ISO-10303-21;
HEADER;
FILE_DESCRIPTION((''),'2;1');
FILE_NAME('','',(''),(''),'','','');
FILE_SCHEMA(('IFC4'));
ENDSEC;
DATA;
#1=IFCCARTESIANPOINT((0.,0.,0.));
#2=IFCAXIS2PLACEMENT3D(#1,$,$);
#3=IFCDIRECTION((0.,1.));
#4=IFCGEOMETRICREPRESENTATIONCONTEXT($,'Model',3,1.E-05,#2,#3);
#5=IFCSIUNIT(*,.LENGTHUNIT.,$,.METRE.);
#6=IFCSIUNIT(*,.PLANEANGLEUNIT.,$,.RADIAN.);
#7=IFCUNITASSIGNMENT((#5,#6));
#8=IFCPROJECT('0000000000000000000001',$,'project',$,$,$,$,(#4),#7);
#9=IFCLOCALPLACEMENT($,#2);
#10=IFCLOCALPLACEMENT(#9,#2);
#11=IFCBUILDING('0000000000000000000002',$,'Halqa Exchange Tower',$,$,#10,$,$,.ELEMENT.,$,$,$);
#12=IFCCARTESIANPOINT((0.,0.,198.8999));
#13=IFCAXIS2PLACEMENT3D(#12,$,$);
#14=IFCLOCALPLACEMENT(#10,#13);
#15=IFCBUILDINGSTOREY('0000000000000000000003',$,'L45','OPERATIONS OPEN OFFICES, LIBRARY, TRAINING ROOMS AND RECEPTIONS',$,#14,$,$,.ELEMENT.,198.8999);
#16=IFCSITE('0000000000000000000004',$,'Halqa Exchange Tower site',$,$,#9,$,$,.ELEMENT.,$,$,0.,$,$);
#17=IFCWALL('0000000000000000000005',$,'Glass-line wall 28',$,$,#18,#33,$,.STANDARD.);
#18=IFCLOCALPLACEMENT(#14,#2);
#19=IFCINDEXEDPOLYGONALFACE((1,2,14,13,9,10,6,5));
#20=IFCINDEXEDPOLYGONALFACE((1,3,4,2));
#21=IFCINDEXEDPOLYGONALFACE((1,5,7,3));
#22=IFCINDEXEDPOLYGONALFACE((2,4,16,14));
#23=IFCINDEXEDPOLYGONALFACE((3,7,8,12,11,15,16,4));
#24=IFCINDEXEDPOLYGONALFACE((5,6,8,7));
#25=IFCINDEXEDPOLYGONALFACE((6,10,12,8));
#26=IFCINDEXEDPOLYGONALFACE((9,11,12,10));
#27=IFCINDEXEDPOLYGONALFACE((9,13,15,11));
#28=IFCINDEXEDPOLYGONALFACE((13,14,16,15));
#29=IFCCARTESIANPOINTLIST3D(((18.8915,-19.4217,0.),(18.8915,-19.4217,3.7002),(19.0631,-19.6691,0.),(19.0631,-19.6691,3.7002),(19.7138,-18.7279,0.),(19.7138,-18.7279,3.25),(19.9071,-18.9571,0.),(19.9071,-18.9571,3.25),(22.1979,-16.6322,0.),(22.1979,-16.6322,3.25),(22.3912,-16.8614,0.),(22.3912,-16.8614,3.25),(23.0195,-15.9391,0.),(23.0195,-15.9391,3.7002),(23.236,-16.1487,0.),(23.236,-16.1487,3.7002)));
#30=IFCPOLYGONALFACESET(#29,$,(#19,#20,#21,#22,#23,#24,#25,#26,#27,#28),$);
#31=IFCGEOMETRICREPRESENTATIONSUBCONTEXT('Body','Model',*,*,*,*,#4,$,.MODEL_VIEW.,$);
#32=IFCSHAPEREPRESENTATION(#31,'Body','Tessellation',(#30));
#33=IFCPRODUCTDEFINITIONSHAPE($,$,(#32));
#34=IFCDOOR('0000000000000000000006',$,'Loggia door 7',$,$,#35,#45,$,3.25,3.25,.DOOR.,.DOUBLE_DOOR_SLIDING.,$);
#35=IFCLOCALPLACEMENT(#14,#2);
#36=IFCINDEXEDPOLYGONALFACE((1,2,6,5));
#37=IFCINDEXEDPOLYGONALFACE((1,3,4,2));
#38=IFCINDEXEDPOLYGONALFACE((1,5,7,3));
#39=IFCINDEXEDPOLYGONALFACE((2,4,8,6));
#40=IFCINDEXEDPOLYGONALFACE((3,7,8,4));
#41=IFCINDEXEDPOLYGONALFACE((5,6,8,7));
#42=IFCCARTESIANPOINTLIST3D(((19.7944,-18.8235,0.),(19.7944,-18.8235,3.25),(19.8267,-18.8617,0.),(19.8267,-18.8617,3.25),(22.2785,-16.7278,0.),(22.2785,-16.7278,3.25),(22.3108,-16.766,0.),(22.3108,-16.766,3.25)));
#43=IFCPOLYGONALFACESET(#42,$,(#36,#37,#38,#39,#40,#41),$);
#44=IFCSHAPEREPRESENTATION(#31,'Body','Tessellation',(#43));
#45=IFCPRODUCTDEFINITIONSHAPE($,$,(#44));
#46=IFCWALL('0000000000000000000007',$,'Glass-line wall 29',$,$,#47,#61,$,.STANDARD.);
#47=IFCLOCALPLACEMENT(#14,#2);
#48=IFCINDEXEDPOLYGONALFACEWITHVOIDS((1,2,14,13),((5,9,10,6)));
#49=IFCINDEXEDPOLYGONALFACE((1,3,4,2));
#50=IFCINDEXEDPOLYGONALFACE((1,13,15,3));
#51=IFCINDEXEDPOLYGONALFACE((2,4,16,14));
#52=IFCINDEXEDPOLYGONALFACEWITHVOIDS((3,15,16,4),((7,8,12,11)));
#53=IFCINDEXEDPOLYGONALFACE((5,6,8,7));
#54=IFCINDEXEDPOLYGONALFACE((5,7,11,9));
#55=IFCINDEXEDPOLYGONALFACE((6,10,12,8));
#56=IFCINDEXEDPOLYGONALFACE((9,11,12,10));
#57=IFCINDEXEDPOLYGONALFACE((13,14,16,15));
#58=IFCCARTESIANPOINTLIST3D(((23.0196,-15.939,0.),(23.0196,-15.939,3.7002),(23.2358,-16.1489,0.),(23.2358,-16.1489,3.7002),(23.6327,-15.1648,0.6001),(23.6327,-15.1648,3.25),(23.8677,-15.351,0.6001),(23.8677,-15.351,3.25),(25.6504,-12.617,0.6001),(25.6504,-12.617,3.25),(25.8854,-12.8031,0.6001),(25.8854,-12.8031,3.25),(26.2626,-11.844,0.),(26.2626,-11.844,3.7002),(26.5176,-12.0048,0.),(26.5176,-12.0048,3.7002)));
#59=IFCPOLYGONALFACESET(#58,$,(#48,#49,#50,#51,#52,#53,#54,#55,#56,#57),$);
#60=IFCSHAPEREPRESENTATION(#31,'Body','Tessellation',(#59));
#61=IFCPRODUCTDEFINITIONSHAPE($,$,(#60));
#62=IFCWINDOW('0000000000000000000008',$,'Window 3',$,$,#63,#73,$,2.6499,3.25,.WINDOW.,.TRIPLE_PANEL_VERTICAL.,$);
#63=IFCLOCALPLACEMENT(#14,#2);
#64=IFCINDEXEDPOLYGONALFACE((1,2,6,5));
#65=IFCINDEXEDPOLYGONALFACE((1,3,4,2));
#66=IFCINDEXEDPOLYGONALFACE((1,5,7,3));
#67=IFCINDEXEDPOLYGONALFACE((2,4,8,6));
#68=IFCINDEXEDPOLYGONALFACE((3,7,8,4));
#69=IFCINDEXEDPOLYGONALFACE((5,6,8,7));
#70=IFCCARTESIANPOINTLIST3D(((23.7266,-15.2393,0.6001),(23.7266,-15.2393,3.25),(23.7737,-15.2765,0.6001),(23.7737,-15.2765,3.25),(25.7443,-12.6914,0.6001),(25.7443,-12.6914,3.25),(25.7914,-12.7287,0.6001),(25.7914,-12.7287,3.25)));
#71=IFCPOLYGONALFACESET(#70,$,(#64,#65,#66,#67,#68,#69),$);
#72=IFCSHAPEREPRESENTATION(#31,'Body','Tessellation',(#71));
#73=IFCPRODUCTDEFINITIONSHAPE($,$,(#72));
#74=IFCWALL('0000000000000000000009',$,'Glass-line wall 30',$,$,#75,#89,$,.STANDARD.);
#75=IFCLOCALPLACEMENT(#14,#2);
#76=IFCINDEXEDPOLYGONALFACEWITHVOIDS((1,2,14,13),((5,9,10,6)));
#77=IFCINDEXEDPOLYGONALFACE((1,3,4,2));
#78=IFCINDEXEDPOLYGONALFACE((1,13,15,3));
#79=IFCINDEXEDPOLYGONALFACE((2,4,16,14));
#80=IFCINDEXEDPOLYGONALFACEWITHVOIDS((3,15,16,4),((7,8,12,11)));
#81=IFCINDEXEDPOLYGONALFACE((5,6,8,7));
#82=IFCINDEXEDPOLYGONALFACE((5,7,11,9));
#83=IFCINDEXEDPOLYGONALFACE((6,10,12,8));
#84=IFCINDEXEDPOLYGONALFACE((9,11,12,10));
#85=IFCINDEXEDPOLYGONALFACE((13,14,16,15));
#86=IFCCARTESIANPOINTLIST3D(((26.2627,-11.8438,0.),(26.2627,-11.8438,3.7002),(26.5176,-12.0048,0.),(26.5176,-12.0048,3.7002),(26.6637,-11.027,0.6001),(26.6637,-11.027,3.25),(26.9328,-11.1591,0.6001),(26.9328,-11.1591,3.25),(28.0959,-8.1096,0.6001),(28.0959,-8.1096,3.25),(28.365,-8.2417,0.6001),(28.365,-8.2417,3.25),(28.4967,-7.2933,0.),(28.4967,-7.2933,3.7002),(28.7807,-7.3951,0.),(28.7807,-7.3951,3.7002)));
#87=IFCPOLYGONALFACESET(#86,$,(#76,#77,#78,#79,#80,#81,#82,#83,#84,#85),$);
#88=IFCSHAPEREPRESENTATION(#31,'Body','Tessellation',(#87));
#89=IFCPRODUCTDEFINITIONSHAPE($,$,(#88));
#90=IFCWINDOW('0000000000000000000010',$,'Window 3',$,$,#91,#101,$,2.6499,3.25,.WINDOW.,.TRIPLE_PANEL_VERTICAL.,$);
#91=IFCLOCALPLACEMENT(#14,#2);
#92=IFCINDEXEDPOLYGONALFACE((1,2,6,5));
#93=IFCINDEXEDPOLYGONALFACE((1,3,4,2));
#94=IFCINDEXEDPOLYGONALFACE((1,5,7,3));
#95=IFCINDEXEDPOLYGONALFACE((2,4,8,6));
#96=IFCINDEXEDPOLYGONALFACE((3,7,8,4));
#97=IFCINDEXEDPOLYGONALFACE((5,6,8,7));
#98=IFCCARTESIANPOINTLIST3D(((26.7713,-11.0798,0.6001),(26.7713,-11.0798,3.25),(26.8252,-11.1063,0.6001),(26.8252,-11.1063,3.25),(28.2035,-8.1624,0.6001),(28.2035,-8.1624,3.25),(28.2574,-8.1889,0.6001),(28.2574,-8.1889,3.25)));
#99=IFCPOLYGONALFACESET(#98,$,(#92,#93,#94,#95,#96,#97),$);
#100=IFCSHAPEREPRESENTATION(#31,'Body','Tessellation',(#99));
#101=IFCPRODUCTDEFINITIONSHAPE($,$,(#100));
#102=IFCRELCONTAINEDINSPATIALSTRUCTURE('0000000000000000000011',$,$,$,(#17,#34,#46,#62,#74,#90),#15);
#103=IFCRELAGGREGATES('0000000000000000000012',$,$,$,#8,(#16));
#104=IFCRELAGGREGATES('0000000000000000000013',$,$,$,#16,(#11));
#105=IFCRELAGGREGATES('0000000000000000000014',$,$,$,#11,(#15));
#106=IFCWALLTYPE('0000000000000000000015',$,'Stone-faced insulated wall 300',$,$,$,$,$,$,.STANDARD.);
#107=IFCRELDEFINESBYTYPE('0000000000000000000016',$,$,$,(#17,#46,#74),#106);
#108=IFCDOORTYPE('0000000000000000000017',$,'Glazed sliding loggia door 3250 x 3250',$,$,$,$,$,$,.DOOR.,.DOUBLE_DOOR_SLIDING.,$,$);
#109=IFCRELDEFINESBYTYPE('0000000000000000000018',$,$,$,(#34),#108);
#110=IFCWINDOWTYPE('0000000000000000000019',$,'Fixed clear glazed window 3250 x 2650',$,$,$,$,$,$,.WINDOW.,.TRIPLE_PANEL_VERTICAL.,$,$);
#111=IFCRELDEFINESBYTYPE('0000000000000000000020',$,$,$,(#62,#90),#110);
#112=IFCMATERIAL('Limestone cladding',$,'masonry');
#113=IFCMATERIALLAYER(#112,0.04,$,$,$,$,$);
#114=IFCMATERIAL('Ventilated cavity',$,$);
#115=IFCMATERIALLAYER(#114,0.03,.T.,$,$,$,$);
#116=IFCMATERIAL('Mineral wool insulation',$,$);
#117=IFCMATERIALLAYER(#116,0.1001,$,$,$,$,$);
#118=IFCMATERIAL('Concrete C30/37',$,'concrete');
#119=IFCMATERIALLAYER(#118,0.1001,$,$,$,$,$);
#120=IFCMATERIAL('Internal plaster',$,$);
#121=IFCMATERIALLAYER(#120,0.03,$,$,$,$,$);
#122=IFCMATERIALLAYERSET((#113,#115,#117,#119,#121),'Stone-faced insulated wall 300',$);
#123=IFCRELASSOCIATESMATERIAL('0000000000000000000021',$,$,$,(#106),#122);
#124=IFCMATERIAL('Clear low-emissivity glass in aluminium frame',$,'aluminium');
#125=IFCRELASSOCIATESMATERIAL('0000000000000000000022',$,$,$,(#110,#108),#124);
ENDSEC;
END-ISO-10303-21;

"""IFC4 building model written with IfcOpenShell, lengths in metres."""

from ifc_helpers import new_model, si_unit, direction, frame, frame_2d, origin, place, context, subcontext, project, spatial, polyline, rectangle, outline, extrude, material, layer, layer_set, type_object, element, fill, save


model = new_model("IFC4")

# Units and contexts
model_context = context("Model", 3, precision=1e-05, world=origin(), true_north=direction((0.0, 1.0)))
body_context = subcontext(model_context, "Body", "Model", "MODEL_VIEW")
ifc_project = project(units=[si_unit("LENGTHUNIT", "METRE"), si_unit("PLANEANGLEUNIT", "RADIAN")], contexts=[model_context])

# Site, building, storey
site_placement = place(None, origin())
site = spatial("IfcSite", under=ifc_project, at=site_placement, Name="Halqa Exchange Tower site", CompositionType="ELEMENT", RefElevation=0.0)
building_placement = place(site_placement, origin())
building = spatial("IfcBuilding", under=site, at=building_placement, Name="Halqa Exchange Tower", CompositionType="ELEMENT")
storey_placement = place(building_placement, frame((0.0, 0.0, 198.8999)))
storey = spatial("IfcBuildingStorey", under=building, at=storey_placement, Name="L45", Description="OPERATIONS OPEN OFFICES, LIBRARY, TRAINING ROOMS AND RECEPTIONS", CompositionType="ELEMENT", Elevation=198.8999)

# Shared definitions
ifc_material_1 = material(Name="Limestone cladding", Category="masonry")
ifc_layer_1 = layer(ifc_material_1, 0.04)
ifc_material_2 = material(Name="Ventilated cavity")
ifc_layer_2 = layer(ifc_material_2, 0.03, ventilated=True)
ifc_material_3 = material(Name="Mineral wool insulation")
ifc_layer_3 = layer(ifc_material_3, 0.1001)
ifc_material_4 = material(Name="Concrete C30/37", Category="concrete")
ifc_layer_4 = layer(ifc_material_4, 0.1001)
ifc_material_5 = material(Name="Internal plaster")
ifc_layer_5 = layer(ifc_material_5, 0.03)
ifc_layer_set_1 = layer_set([ifc_layer_1, ifc_layer_2, ifc_layer_3, ifc_layer_4, ifc_layer_5], Name="Stone-faced insulated wall 300")
wall_type_1 = type_object("IfcWallType", Name="Stone-faced insulated wall 300", PredefinedType="STANDARD", material=ifc_layer_set_1)
ifc_material_6 = material(Name="Clear low-emissivity glass in aluminium frame", Category="aluminium")
window_type = type_object("IfcWindowType", Name="Fixed clear glazed window 3250 x 2650", PartitioningType="TRIPLE_PANEL_VERTICAL", PredefinedType="WINDOW", material=ifc_material_6)

# Wall, opening, door
wall_1_placement = place(storey_placement, frame((18.9773, -19.5454, 0.0), z_axis=(0.0, 0.0, 1.0), x_axis=(0.76433, 0.644825, 0.0)))
wall_1 = element("IfcWall", 1, at=wall_1_placement, inside=storey, type_object=wall_type_1, Name="Glass-line wall 28", PredefinedType="STANDARD", context=body_context, shape_type="SweptSolid", body=[
    extrude(outline(polyline([(-0.0142, -0.1499), (5.4453, -0.1499), (5.415, 0.1499), (0.0142, 0.1499), (-0.0142, -0.1499)])), origin(), (0.0, 0.0, 1.0), 3.7002),
])
opening_1_placement = place(wall_1_placement, frame((1.0901, 0.0, 0.0)))
opening_1 = element("IfcOpeningElement", 2, at=opening_1_placement, cuts=wall_1, PredefinedType="OPENING", context=body_context, shape_type="SweptSolid", body=[
    extrude(rectangle(XDim=3.25, YDim=3.25, at=frame_2d((1.625, 1.625))), frame((0.0, 0.1621, 0.0), z_axis=(0.0, -1.0, 0.0), x_axis=(1.0, 0.0, 0.0)), (0.0, 0.0, 1.0), 0.324),
])
door_type = type_object("IfcDoorType", Name="Glazed sliding loggia door 3250 x 3250", OperationType="DOUBLE_DOOR_SLIDING", PredefinedType="DOOR", material=ifc_material_6)
door_placement = place(opening_1_placement, origin())
door = element("IfcDoor", 3, at=door_placement, inside=storey, type_object=door_type, Name="Loggia door 7", OperationType="DOUBLE_DOOR_SLIDING", OverallHeight=3.25, OverallWidth=3.25, PredefinedType="DOOR", context=body_context, shape_type="SweptSolid", body=[
    extrude(rectangle(XDim=3.25, YDim=3.25, at=frame_2d((1.625, 1.625))), frame((0.0, 0.0249, 0.0), z_axis=(0.0, -1.0, 0.0), x_axis=(1.0, 0.0, 0.0)), (0.0, 0.0, 1.0), 0.05),
])
fill(opening_1, door)

# Walls, openings, windows
wall_2_placement = place(storey_placement, frame((23.1277, -16.0439, 0.0), z_axis=(0.0, 0.0, 1.0), x_axis=(0.620829, 0.783946, 0.0)))
wall_2 = element("IfcWall", 4, at=wall_2_placement, inside=storey, type_object=wall_type_1, Name="Glass-line wall 29", PredefinedType="STANDARD", context=body_context, shape_type="SweptSolid", body=[
    extrude(outline(polyline([(-0.0151, -0.1499), (5.271, -0.1499), (5.2388, 0.1499), (0.0151, 0.1499), (-0.0151, -0.1499)])), origin(), (0.0, 0.0, 1.0), 3.7002),
])
opening_2_placement = place(wall_2_placement, frame((1.0027, 0.0, 0.6001)))
opening_2 = element("IfcOpeningElement", 5, at=opening_2_placement, cuts=wall_2, PredefinedType="OPENING", context=body_context, shape_type="SweptSolid", body=[
    extrude(rectangle(XDim=3.25, YDim=2.6499, at=frame_2d((1.625, 1.325))), frame((0.0, 0.1621, 0.0), z_axis=(0.0, -1.0, 0.0), x_axis=(1.0, 0.0, 0.0)), (0.0, 0.0, 1.0), 0.324),
])
window_1_placement = place(opening_2_placement, origin())
window_1 = element("IfcWindow", 6, at=window_1_placement, inside=storey, type_object=window_type, Name="Window 3", OverallHeight=2.6499, OverallWidth=3.25, PartitioningType="TRIPLE_PANEL_VERTICAL", PredefinedType="WINDOW", context=body_context, shape_type="SweptSolid", body=[
    extrude(rectangle(XDim=3.25, YDim=2.6499, at=frame_2d((1.625, 1.325))), frame((0.0, 0.03, 0.0), z_axis=(0.0, -1.0, 0.0), x_axis=(1.0, 0.0, 0.0)), (0.0, 0.0, 1.0), 0.0601),
])
fill(opening_2, window_1)
wall_3_placement = place(storey_placement, frame((26.3901, -11.9243, 0.0), z_axis=(0.0, 0.0, 1.0), x_axis=(0.440694, 0.897657, 0.0)))
wall_3 = element("IfcWall", 7, at=wall_3_placement, inside=storey, type_object=wall_type_1, Name="Glass-line wall 30", PredefinedType="STANDARD", context=body_context, shape_type="SweptSolid", body=[
    extrude(outline(polyline([(-0.0161, -0.1499), (5.1191, -0.1499), (5.0854, 0.1499), (0.0161, 0.1499), (-0.0161, -0.1499)])), origin(), (0.0, 0.0, 1.0), 3.7002),
])
opening_3_placement = place(wall_3_placement, frame((0.926, 0.0, 0.6001)))
opening_3 = element("IfcOpeningElement", 8, at=opening_3_placement, cuts=wall_3, PredefinedType="OPENING", context=body_context, shape_type="SweptSolid", body=[
    extrude(rectangle(XDim=3.25, YDim=2.6499, at=frame_2d((1.625, 1.325))), frame((0.0, 0.1621, 0.0), z_axis=(0.0, -1.0, 0.0), x_axis=(1.0, 0.0, 0.0)), (0.0, 0.0, 1.0), 0.324),
])
window_2_placement = place(opening_3_placement, origin())
window_2 = element("IfcWindow", 9, at=window_2_placement, inside=storey, type_object=window_type, Name="Window 3", OverallHeight=2.6499, OverallWidth=3.25, PartitioningType="TRIPLE_PANEL_VERTICAL", PredefinedType="WINDOW", context=body_context, shape_type="SweptSolid", body=[
    extrude(rectangle(XDim=3.25, YDim=2.6499, at=frame_2d((1.625, 1.325))), frame((0.0, 0.03, 0.0), z_axis=(0.0, -1.0, 0.0), x_axis=(1.0, 0.0, 0.0)), (0.0, 0.0, 1.0), 0.0601),
])
fill(opening_3, window_2)

save(model, "model.ifc")
